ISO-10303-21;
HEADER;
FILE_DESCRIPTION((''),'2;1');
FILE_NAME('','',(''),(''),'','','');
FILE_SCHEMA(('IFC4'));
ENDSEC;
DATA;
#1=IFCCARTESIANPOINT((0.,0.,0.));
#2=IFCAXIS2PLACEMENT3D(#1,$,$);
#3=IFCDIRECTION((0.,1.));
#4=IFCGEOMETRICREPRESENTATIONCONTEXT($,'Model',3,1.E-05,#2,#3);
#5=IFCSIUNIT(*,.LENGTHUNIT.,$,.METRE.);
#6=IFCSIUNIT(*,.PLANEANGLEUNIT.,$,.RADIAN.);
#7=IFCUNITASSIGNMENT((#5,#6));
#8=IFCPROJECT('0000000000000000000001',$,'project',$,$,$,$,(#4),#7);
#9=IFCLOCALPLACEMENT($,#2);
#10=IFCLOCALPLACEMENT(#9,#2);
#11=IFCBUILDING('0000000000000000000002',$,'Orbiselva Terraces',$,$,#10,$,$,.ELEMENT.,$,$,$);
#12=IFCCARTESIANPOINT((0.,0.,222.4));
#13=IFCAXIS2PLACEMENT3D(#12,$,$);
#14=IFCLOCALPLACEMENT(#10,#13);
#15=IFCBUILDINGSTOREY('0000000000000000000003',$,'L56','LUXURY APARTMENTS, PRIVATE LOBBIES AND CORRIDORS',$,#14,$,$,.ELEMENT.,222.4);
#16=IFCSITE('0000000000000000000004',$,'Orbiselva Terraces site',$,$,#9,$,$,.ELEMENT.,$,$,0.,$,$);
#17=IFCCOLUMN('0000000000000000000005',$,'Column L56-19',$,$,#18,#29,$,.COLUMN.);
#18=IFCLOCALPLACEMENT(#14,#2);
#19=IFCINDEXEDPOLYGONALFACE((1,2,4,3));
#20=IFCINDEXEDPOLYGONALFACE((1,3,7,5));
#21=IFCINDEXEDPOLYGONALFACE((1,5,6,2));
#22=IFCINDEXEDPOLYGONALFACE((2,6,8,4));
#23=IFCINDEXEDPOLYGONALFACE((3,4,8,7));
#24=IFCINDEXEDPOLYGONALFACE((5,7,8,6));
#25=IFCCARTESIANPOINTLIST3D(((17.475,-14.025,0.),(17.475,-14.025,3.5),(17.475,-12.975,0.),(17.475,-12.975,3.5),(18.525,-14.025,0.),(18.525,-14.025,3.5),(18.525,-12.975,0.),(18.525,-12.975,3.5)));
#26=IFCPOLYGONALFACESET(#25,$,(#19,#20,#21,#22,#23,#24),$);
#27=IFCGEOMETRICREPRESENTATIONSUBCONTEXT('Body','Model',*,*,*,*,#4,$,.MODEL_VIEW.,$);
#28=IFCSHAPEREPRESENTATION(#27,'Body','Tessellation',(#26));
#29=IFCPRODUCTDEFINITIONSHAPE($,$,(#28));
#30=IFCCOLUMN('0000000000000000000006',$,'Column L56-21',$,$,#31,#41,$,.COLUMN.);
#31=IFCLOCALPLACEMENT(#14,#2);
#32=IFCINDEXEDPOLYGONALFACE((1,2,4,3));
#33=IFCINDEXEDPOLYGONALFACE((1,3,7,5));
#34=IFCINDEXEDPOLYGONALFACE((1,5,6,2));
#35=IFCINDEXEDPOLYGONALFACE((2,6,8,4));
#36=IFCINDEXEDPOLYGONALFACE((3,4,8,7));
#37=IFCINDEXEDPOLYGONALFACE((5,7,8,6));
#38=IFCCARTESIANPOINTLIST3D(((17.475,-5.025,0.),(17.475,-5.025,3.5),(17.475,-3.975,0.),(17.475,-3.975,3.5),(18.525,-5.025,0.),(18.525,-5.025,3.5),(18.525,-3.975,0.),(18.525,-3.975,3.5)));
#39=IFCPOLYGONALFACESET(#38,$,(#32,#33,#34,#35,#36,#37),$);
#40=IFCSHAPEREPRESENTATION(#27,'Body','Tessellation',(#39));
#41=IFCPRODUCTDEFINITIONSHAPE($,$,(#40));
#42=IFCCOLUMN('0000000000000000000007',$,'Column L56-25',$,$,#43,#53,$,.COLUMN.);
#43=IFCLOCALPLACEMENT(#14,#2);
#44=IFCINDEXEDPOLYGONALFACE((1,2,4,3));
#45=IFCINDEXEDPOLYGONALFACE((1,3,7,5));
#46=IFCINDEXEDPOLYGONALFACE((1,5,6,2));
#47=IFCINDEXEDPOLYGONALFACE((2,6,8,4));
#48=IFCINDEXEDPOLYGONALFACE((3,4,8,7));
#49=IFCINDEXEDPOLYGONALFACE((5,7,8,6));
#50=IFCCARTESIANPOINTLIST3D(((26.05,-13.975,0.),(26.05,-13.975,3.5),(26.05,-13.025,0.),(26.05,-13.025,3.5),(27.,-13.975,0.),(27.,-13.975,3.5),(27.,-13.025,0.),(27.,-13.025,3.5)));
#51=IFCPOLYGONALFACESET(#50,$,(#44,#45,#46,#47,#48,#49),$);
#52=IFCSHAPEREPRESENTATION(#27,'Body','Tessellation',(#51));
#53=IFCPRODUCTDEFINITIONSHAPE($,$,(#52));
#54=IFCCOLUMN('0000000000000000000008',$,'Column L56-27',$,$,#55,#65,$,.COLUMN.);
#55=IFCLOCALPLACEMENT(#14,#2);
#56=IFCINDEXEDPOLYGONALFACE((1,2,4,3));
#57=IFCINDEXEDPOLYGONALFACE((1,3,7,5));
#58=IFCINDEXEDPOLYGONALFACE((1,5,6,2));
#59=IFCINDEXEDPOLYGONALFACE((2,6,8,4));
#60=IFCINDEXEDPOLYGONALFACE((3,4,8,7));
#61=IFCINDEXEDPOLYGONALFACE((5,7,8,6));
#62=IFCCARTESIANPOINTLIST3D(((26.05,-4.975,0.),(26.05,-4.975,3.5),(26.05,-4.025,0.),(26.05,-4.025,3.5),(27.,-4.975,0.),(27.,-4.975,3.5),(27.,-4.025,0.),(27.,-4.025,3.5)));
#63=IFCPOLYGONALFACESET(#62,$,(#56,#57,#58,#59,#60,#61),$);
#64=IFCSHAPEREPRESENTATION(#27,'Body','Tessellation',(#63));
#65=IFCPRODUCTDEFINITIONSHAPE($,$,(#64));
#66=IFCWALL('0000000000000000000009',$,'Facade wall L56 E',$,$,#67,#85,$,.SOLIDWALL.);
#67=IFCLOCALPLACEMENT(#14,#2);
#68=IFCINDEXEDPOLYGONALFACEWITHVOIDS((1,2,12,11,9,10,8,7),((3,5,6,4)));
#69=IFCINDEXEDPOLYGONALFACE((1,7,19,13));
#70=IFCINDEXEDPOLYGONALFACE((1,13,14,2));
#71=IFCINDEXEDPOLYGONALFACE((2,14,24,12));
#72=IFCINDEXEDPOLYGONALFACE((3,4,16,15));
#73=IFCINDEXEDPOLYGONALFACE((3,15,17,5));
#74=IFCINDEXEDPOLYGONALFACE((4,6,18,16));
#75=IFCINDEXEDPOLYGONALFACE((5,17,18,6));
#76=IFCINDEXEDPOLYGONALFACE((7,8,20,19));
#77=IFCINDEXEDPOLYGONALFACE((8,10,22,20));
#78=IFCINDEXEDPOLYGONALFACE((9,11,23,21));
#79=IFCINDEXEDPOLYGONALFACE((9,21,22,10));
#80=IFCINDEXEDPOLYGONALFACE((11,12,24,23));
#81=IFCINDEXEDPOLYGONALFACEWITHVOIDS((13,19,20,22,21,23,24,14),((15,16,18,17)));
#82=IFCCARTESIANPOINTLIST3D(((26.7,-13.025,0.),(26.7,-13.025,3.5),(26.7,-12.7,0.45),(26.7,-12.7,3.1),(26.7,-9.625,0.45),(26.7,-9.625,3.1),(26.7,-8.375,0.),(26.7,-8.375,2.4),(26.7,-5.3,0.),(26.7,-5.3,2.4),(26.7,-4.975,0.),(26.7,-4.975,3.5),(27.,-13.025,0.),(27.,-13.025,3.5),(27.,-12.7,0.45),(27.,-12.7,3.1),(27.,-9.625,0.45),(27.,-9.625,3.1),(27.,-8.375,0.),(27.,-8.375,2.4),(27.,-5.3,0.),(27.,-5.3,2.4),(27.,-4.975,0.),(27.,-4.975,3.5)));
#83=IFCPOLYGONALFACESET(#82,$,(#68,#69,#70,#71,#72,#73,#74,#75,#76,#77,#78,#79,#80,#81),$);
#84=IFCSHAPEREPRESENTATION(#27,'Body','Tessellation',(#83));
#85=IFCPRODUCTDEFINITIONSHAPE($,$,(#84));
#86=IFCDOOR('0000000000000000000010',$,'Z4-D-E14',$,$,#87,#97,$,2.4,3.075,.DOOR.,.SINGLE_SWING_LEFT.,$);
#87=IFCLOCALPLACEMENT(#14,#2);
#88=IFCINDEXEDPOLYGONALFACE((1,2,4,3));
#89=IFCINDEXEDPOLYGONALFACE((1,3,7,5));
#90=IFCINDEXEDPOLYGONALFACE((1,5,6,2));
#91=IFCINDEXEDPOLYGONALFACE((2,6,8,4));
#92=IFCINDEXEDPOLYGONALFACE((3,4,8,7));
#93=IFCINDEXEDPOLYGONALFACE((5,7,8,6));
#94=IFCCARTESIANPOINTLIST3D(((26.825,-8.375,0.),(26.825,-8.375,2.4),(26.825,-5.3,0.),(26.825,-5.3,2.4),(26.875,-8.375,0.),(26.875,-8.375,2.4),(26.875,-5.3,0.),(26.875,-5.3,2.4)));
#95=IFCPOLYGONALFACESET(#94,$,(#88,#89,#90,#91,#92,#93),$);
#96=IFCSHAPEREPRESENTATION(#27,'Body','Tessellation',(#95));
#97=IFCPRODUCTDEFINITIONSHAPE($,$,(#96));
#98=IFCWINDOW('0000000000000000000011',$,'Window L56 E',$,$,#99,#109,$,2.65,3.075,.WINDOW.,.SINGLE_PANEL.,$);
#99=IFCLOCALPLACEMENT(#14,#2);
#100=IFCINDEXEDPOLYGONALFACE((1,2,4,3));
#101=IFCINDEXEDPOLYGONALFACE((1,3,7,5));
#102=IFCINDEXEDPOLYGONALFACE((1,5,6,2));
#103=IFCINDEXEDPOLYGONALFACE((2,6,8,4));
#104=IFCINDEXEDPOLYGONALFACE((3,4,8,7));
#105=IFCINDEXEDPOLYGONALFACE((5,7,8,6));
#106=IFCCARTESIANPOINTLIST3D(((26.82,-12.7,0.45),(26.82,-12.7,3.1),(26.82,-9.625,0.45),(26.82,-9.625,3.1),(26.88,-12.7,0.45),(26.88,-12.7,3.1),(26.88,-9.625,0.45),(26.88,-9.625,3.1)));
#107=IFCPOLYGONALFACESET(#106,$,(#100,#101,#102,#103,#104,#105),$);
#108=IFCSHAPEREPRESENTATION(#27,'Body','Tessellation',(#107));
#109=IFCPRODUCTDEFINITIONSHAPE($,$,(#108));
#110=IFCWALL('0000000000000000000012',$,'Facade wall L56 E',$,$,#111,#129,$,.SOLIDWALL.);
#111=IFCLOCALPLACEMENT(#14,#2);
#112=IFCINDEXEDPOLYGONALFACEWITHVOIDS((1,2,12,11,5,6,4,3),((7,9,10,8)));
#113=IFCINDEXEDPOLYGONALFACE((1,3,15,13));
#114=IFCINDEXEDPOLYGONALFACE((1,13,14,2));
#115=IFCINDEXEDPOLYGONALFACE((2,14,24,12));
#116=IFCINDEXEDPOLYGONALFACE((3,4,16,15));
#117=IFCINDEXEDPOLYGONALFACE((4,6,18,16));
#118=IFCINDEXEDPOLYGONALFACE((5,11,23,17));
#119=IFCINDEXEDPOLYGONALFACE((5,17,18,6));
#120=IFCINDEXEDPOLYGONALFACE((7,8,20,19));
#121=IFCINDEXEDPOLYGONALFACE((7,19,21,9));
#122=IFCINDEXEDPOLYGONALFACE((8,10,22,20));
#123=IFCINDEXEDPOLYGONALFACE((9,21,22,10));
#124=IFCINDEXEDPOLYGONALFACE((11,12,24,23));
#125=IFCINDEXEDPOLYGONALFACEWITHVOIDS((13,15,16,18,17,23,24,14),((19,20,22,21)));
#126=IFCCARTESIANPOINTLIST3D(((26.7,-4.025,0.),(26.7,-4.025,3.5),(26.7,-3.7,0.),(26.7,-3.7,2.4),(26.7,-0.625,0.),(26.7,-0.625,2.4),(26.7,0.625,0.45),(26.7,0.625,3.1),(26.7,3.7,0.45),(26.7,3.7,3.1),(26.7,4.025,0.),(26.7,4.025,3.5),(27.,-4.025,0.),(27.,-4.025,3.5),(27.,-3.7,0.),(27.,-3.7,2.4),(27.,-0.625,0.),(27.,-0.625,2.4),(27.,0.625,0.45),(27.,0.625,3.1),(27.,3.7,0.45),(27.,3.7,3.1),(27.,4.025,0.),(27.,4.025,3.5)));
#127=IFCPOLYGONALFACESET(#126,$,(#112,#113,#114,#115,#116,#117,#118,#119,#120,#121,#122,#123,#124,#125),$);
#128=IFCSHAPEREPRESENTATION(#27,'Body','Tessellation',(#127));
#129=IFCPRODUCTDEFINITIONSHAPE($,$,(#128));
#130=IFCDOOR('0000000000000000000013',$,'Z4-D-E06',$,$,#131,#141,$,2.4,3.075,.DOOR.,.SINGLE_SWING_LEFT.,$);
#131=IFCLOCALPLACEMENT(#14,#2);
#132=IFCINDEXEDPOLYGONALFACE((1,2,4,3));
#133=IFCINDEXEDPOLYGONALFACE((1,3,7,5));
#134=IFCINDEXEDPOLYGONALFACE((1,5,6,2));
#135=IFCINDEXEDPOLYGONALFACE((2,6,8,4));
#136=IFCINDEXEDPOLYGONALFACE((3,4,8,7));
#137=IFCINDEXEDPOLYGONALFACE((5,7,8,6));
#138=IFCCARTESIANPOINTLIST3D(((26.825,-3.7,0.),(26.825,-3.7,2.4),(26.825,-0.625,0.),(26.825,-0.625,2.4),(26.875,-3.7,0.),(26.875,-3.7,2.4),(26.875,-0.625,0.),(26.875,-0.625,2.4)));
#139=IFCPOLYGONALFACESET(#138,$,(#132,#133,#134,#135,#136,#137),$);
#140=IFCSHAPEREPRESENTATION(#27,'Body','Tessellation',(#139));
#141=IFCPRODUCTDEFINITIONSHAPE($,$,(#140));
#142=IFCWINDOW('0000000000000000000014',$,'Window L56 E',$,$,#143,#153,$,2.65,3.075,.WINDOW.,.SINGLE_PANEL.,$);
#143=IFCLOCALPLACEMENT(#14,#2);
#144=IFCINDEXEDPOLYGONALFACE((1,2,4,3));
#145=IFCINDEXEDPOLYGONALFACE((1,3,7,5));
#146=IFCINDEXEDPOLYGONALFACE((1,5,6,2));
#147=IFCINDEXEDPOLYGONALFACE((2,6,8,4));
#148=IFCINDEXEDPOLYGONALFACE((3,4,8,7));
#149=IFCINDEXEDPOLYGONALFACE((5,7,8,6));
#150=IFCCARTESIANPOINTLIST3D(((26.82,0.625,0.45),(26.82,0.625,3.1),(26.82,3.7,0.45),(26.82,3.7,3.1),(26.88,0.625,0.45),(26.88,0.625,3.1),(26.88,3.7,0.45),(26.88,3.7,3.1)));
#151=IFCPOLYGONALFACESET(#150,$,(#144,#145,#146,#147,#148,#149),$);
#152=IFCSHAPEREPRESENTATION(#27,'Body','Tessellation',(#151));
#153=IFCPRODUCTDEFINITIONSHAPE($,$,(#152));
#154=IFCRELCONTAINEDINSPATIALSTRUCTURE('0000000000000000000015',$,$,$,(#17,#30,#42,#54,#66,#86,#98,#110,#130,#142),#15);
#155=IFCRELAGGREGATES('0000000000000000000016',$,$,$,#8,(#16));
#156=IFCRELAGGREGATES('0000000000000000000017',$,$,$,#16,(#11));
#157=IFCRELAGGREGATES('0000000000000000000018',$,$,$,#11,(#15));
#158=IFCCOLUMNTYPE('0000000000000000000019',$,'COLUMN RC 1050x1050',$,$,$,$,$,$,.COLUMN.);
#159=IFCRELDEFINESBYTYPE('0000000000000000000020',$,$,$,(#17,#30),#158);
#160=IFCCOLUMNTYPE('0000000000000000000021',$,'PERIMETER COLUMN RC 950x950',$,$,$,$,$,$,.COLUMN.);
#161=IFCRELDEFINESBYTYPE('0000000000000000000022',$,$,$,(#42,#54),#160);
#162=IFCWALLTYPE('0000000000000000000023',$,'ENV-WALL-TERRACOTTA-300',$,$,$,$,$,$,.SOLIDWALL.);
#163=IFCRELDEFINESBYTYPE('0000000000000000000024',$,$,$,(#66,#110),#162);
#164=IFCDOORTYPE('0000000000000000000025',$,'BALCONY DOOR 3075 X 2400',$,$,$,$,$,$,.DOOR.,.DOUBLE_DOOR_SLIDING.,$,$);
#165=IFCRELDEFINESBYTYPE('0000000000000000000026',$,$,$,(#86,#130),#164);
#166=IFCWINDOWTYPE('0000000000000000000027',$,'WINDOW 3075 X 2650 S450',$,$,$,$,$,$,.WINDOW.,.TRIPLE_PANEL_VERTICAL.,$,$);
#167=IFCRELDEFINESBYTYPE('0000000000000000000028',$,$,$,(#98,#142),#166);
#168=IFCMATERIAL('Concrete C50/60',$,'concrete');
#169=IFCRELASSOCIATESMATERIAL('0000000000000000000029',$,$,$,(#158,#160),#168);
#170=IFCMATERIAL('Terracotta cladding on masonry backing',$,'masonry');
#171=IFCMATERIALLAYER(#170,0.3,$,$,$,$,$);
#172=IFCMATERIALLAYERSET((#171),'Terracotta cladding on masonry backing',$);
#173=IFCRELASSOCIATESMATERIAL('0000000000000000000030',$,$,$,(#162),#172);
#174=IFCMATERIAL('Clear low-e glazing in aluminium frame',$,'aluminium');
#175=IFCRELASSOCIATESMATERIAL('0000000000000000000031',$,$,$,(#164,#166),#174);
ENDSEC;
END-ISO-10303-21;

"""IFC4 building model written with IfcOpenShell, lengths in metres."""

from ifc_helpers import new_model, si_unit, direction, frame, frame_2d, origin, origin_2d, place, context, subcontext, project, spatial, rectangle, extrude, material, layer, layer_set, material_profile, profile_set, type_object, element, fill, save


model = new_model("IFC4")

# Units and contexts
model_context = context("Model", 3, precision=1e-05, world=origin(), true_north=direction((0.0, 1.0)))
body_context = subcontext(model_context, "Body", "Model", "MODEL_VIEW")
ifc_project = project(units=[si_unit("LENGTHUNIT", "METRE"), si_unit("PLANEANGLEUNIT", "RADIAN")], contexts=[model_context])

# Site, building, storey
site_placement = place(None, origin())
site = spatial("IfcSite", under=ifc_project, at=site_placement, Name="Orbiselva Terraces site", CompositionType="ELEMENT", RefElevation=0.0)
building_placement = place(site_placement, origin())
building = spatial("IfcBuilding", under=site, at=building_placement, Name="Orbiselva Terraces", CompositionType="ELEMENT")
storey_placement = place(building_placement, frame((0.0, 0.0, 222.4)))
storey = spatial("IfcBuildingStorey", under=building, at=storey_placement, Name="L56", Description="LUXURY APARTMENTS, PRIVATE LOBBIES AND CORRIDORS", CompositionType="ELEMENT", Elevation=222.4)

# Columns
ifc_material_1 = material(Name="Concrete C50/60", Category="concrete")
ifc_material_profile_1 = material_profile(ifc_material_1, rectangle(XDim=1.05, YDim=1.05, at=origin_2d()), Name="RC 1050x1050")
ifc_profile_set_1 = profile_set([ifc_material_profile_1], Name="Concrete C50/60")
column_type_1 = type_object("IfcColumnType", Name="COLUMN RC 1050x1050", PredefinedType="COLUMN", material=ifc_profile_set_1)
for number, where, z_axis, x_axis, name in (
    (1, (18.0, -13.5, 0.0), (0.0, 0.0, 1.0), (1.0, 0.0, 0.0), "Column L56-19"),
    (2, (18.0, -4.5, 0.0), (0.0, 0.0, 1.0), (1.0, 0.0, 0.0), "Column L56-21"),
):
    element("IfcColumn", number, at=place(storey_placement, frame(where, z_axis=z_axis, x_axis=x_axis)), inside=storey, type_object=column_type_1, Name=name, PredefinedType="COLUMN", context=body_context, shape_type="SweptSolid", body=[
        extrude(rectangle(XDim=1.05, YDim=1.05, at=origin_2d()), origin(), (0.0, 0.0, 1.0), 3.5),
    ])
ifc_material_profile_2 = material_profile(ifc_material_1, rectangle(XDim=0.95, YDim=0.95, at=origin_2d()), Name="RC 950x950")
ifc_profile_set_2 = profile_set([ifc_material_profile_2], Name="Concrete C50/60")
column_type_2 = type_object("IfcColumnType", Name="PERIMETER COLUMN RC 950x950", PredefinedType="COLUMN", material=ifc_profile_set_2)
for number, where, z_axis, x_axis, name in (
    (3, (26.525, -13.5, 0.0), (0.0, 0.0, 1.0), (1.0, 0.0, 0.0), "Column L56-25"),
    (4, (26.525, -4.5, 0.0), (0.0, 0.0, 1.0), (1.0, 0.0, 0.0), "Column L56-27"),
):
    element("IfcColumn", number, at=place(storey_placement, frame(where, z_axis=z_axis, x_axis=x_axis)), inside=storey, type_object=column_type_2, Name=name, PredefinedType="COLUMN", context=body_context, shape_type="SweptSolid", body=[
        extrude(rectangle(XDim=0.95, YDim=0.95, at=origin_2d()), origin(), (0.0, 0.0, 1.0), 3.5),
    ])

# Walls, openings, doors, windows
ifc_material_2 = material(Name="Terracotta cladding on masonry backing", Category="masonry")
ifc_layer_1 = layer(ifc_material_2, 0.3)
ifc_layer_set_1 = layer_set([ifc_layer_1], Name="Terracotta cladding on masonry backing")
wall_type_1 = type_object("IfcWallType", Name="ENV-WALL-TERRACOTTA-300", PredefinedType="SOLIDWALL", material=ifc_layer_set_1)
wall_1_placement = place(storey_placement, frame((26.85, -4.975, 0.0), z_axis=(0.0, 0.0, 1.0), x_axis=(0.0, -1.0, 0.0)))
wall_1 = element("IfcWall", 5, at=wall_1_placement, inside=storey, type_object=wall_type_1, Name="Facade wall L56 E", PredefinedType="SOLIDWALL", context=body_context, shape_type="SweptSolid", body=[
    extrude(rectangle(XDim=8.05, YDim=0.3, at=frame_2d((4.025, 0.0))), origin(), (0.0, 0.0, 1.0), 3.5),
])
opening_1_placement = place(wall_1_placement, frame((4.65, 0.0, 0.45)))
opening_1 = element("IfcOpeningElement", 6, at=opening_1_placement, cuts=wall_1, PredefinedType="OPENING", context=body_context, shape_type="SweptSolid", body=[
    extrude(rectangle(XDim=3.075, YDim=2.65, at=frame_2d((1.5375, 1.325))), frame((0.0, 0.16, 0.0), z_axis=(0.0, -1.0, 0.0), x_axis=(1.0, 0.0, 0.0)), (0.0, 0.0, 1.0), 0.32),
])
opening_2_placement = place(wall_1_placement, frame((0.325, 0.0, 0.0)))
opening_2 = element("IfcOpeningElement", 7, at=opening_2_placement, cuts=wall_1, PredefinedType="OPENING", context=body_context, shape_type="SweptSolid", body=[
    extrude(rectangle(XDim=3.075, YDim=2.4, at=frame_2d((1.5375, 1.2))), frame((0.0, 0.16, 0.0), z_axis=(0.0, -1.0, 0.0), x_axis=(1.0, 0.0, 0.0)), (0.0, 0.0, 1.0), 0.32),
])
ifc_material_3 = material(Name="Clear low-e glazing in aluminium frame", Category="aluminium")
door_type_1 = type_object("IfcDoorType", Name="BALCONY DOOR 3075 X 2400", OperationType="DOUBLE_DOOR_SLIDING", PredefinedType="DOOR", material=ifc_material_3)
door_1_placement = place(opening_2_placement, origin())
door_1 = element("IfcDoor", 8, at=door_1_placement, inside=storey, type_object=door_type_1, Name="Z4-D-E14", OperationType="SINGLE_SWING_LEFT", OverallHeight=2.4, OverallWidth=3.075, PredefinedType="DOOR", context=body_context, shape_type="SweptSolid", body=[
    extrude(rectangle(XDim=3.075, YDim=2.4, at=frame_2d((1.5375, 1.2))), frame((0.0, 0.025, 0.0), z_axis=(0.0, -1.0, 0.0), x_axis=(1.0, 0.0, 0.0)), (0.0, 0.0, 1.0), 0.05),
])
fill(opening_2, door_1)
window_type = type_object("IfcWindowType", Name="WINDOW 3075 X 2650 S450", PartitioningType="TRIPLE_PANEL_VERTICAL", PredefinedType="WINDOW", material=ifc_material_3)
window_1_placement = place(opening_1_placement, origin())
window_1 = element("IfcWindow", 9, at=window_1_placement, inside=storey, type_object=window_type, Name="Window L56 E", OverallHeight=2.65, OverallWidth=3.075, PartitioningType="SINGLE_PANEL", PredefinedType="WINDOW", context=body_context, shape_type="SweptSolid", body=[
    extrude(rectangle(XDim=3.075, YDim=2.65, at=frame_2d((1.5375, 1.325))), frame((0.0, 0.03, 0.0), z_axis=(0.0, -1.0, 0.0), x_axis=(1.0, 0.0, 0.0)), (0.0, 0.0, 1.0), 0.06),
])
fill(opening_1, window_1)
wall_2_placement = place(storey_placement, frame((26.85, 4.025, 0.0), z_axis=(0.0, 0.0, 1.0), x_axis=(0.0, -1.0, 0.0)))
wall_2 = element("IfcWall", 10, at=wall_2_placement, inside=storey, type_object=wall_type_1, Name="Facade wall L56 E", PredefinedType="SOLIDWALL", context=body_context, shape_type="SweptSolid", body=[
    extrude(rectangle(XDim=8.05, YDim=0.3, at=frame_2d((4.025, 0.0))), origin(), (0.0, 0.0, 1.0), 3.5),
])
opening_3_placement = place(wall_2_placement, frame((4.65, 0.0, 0.0)))
opening_3 = element("IfcOpeningElement", 11, at=opening_3_placement, cuts=wall_2, PredefinedType="OPENING", context=body_context, shape_type="SweptSolid", body=[
    extrude(rectangle(XDim=3.075, YDim=2.4, at=frame_2d((1.5375, 1.2))), frame((0.0, 0.16, 0.0), z_axis=(0.0, -1.0, 0.0), x_axis=(1.0, 0.0, 0.0)), (0.0, 0.0, 1.0), 0.32),
])
opening_4_placement = place(wall_2_placement, frame((0.325, 0.0, 0.45)))
opening_4 = element("IfcOpeningElement", 12, at=opening_4_placement, cuts=wall_2, PredefinedType="OPENING", context=body_context, shape_type="SweptSolid", body=[
    extrude(rectangle(XDim=3.075, YDim=2.65, at=frame_2d((1.5375, 1.325))), frame((0.0, 0.16, 0.0), z_axis=(0.0, -1.0, 0.0), x_axis=(1.0, 0.0, 0.0)), (0.0, 0.0, 1.0), 0.32),
])
door_2_placement = place(opening_3_placement, origin())
door_2 = element("IfcDoor", 13, at=door_2_placement, inside=storey, type_object=door_type_1, Name="Z4-D-E06", OperationType="SINGLE_SWING_LEFT", OverallHeight=2.4, OverallWidth=3.075, PredefinedType="DOOR", context=body_context, shape_type="SweptSolid", body=[
    extrude(rectangle(XDim=3.075, YDim=2.4, at=frame_2d((1.5375, 1.2))), frame((0.0, 0.025, 0.0), z_axis=(0.0, -1.0, 0.0), x_axis=(1.0, 0.0, 0.0)), (0.0, 0.0, 1.0), 0.05),
])
fill(opening_3, door_2)
window_2_placement = place(opening_4_placement, origin())
window_2 = element("IfcWindow", 14, at=window_2_placement, inside=storey, type_object=window_type, Name="Window L56 E", OverallHeight=2.65, OverallWidth=3.075, PartitioningType="SINGLE_PANEL", PredefinedType="WINDOW", context=body_context, shape_type="SweptSolid", body=[
    extrude(rectangle(XDim=3.075, YDim=2.65, at=frame_2d((1.5375, 1.325))), frame((0.0, 0.03, 0.0), z_axis=(0.0, -1.0, 0.0), x_axis=(1.0, 0.0, 0.0)), (0.0, 0.0, 1.0), 0.06),
])
fill(opening_4, window_2)

save(model, "model.ifc")
